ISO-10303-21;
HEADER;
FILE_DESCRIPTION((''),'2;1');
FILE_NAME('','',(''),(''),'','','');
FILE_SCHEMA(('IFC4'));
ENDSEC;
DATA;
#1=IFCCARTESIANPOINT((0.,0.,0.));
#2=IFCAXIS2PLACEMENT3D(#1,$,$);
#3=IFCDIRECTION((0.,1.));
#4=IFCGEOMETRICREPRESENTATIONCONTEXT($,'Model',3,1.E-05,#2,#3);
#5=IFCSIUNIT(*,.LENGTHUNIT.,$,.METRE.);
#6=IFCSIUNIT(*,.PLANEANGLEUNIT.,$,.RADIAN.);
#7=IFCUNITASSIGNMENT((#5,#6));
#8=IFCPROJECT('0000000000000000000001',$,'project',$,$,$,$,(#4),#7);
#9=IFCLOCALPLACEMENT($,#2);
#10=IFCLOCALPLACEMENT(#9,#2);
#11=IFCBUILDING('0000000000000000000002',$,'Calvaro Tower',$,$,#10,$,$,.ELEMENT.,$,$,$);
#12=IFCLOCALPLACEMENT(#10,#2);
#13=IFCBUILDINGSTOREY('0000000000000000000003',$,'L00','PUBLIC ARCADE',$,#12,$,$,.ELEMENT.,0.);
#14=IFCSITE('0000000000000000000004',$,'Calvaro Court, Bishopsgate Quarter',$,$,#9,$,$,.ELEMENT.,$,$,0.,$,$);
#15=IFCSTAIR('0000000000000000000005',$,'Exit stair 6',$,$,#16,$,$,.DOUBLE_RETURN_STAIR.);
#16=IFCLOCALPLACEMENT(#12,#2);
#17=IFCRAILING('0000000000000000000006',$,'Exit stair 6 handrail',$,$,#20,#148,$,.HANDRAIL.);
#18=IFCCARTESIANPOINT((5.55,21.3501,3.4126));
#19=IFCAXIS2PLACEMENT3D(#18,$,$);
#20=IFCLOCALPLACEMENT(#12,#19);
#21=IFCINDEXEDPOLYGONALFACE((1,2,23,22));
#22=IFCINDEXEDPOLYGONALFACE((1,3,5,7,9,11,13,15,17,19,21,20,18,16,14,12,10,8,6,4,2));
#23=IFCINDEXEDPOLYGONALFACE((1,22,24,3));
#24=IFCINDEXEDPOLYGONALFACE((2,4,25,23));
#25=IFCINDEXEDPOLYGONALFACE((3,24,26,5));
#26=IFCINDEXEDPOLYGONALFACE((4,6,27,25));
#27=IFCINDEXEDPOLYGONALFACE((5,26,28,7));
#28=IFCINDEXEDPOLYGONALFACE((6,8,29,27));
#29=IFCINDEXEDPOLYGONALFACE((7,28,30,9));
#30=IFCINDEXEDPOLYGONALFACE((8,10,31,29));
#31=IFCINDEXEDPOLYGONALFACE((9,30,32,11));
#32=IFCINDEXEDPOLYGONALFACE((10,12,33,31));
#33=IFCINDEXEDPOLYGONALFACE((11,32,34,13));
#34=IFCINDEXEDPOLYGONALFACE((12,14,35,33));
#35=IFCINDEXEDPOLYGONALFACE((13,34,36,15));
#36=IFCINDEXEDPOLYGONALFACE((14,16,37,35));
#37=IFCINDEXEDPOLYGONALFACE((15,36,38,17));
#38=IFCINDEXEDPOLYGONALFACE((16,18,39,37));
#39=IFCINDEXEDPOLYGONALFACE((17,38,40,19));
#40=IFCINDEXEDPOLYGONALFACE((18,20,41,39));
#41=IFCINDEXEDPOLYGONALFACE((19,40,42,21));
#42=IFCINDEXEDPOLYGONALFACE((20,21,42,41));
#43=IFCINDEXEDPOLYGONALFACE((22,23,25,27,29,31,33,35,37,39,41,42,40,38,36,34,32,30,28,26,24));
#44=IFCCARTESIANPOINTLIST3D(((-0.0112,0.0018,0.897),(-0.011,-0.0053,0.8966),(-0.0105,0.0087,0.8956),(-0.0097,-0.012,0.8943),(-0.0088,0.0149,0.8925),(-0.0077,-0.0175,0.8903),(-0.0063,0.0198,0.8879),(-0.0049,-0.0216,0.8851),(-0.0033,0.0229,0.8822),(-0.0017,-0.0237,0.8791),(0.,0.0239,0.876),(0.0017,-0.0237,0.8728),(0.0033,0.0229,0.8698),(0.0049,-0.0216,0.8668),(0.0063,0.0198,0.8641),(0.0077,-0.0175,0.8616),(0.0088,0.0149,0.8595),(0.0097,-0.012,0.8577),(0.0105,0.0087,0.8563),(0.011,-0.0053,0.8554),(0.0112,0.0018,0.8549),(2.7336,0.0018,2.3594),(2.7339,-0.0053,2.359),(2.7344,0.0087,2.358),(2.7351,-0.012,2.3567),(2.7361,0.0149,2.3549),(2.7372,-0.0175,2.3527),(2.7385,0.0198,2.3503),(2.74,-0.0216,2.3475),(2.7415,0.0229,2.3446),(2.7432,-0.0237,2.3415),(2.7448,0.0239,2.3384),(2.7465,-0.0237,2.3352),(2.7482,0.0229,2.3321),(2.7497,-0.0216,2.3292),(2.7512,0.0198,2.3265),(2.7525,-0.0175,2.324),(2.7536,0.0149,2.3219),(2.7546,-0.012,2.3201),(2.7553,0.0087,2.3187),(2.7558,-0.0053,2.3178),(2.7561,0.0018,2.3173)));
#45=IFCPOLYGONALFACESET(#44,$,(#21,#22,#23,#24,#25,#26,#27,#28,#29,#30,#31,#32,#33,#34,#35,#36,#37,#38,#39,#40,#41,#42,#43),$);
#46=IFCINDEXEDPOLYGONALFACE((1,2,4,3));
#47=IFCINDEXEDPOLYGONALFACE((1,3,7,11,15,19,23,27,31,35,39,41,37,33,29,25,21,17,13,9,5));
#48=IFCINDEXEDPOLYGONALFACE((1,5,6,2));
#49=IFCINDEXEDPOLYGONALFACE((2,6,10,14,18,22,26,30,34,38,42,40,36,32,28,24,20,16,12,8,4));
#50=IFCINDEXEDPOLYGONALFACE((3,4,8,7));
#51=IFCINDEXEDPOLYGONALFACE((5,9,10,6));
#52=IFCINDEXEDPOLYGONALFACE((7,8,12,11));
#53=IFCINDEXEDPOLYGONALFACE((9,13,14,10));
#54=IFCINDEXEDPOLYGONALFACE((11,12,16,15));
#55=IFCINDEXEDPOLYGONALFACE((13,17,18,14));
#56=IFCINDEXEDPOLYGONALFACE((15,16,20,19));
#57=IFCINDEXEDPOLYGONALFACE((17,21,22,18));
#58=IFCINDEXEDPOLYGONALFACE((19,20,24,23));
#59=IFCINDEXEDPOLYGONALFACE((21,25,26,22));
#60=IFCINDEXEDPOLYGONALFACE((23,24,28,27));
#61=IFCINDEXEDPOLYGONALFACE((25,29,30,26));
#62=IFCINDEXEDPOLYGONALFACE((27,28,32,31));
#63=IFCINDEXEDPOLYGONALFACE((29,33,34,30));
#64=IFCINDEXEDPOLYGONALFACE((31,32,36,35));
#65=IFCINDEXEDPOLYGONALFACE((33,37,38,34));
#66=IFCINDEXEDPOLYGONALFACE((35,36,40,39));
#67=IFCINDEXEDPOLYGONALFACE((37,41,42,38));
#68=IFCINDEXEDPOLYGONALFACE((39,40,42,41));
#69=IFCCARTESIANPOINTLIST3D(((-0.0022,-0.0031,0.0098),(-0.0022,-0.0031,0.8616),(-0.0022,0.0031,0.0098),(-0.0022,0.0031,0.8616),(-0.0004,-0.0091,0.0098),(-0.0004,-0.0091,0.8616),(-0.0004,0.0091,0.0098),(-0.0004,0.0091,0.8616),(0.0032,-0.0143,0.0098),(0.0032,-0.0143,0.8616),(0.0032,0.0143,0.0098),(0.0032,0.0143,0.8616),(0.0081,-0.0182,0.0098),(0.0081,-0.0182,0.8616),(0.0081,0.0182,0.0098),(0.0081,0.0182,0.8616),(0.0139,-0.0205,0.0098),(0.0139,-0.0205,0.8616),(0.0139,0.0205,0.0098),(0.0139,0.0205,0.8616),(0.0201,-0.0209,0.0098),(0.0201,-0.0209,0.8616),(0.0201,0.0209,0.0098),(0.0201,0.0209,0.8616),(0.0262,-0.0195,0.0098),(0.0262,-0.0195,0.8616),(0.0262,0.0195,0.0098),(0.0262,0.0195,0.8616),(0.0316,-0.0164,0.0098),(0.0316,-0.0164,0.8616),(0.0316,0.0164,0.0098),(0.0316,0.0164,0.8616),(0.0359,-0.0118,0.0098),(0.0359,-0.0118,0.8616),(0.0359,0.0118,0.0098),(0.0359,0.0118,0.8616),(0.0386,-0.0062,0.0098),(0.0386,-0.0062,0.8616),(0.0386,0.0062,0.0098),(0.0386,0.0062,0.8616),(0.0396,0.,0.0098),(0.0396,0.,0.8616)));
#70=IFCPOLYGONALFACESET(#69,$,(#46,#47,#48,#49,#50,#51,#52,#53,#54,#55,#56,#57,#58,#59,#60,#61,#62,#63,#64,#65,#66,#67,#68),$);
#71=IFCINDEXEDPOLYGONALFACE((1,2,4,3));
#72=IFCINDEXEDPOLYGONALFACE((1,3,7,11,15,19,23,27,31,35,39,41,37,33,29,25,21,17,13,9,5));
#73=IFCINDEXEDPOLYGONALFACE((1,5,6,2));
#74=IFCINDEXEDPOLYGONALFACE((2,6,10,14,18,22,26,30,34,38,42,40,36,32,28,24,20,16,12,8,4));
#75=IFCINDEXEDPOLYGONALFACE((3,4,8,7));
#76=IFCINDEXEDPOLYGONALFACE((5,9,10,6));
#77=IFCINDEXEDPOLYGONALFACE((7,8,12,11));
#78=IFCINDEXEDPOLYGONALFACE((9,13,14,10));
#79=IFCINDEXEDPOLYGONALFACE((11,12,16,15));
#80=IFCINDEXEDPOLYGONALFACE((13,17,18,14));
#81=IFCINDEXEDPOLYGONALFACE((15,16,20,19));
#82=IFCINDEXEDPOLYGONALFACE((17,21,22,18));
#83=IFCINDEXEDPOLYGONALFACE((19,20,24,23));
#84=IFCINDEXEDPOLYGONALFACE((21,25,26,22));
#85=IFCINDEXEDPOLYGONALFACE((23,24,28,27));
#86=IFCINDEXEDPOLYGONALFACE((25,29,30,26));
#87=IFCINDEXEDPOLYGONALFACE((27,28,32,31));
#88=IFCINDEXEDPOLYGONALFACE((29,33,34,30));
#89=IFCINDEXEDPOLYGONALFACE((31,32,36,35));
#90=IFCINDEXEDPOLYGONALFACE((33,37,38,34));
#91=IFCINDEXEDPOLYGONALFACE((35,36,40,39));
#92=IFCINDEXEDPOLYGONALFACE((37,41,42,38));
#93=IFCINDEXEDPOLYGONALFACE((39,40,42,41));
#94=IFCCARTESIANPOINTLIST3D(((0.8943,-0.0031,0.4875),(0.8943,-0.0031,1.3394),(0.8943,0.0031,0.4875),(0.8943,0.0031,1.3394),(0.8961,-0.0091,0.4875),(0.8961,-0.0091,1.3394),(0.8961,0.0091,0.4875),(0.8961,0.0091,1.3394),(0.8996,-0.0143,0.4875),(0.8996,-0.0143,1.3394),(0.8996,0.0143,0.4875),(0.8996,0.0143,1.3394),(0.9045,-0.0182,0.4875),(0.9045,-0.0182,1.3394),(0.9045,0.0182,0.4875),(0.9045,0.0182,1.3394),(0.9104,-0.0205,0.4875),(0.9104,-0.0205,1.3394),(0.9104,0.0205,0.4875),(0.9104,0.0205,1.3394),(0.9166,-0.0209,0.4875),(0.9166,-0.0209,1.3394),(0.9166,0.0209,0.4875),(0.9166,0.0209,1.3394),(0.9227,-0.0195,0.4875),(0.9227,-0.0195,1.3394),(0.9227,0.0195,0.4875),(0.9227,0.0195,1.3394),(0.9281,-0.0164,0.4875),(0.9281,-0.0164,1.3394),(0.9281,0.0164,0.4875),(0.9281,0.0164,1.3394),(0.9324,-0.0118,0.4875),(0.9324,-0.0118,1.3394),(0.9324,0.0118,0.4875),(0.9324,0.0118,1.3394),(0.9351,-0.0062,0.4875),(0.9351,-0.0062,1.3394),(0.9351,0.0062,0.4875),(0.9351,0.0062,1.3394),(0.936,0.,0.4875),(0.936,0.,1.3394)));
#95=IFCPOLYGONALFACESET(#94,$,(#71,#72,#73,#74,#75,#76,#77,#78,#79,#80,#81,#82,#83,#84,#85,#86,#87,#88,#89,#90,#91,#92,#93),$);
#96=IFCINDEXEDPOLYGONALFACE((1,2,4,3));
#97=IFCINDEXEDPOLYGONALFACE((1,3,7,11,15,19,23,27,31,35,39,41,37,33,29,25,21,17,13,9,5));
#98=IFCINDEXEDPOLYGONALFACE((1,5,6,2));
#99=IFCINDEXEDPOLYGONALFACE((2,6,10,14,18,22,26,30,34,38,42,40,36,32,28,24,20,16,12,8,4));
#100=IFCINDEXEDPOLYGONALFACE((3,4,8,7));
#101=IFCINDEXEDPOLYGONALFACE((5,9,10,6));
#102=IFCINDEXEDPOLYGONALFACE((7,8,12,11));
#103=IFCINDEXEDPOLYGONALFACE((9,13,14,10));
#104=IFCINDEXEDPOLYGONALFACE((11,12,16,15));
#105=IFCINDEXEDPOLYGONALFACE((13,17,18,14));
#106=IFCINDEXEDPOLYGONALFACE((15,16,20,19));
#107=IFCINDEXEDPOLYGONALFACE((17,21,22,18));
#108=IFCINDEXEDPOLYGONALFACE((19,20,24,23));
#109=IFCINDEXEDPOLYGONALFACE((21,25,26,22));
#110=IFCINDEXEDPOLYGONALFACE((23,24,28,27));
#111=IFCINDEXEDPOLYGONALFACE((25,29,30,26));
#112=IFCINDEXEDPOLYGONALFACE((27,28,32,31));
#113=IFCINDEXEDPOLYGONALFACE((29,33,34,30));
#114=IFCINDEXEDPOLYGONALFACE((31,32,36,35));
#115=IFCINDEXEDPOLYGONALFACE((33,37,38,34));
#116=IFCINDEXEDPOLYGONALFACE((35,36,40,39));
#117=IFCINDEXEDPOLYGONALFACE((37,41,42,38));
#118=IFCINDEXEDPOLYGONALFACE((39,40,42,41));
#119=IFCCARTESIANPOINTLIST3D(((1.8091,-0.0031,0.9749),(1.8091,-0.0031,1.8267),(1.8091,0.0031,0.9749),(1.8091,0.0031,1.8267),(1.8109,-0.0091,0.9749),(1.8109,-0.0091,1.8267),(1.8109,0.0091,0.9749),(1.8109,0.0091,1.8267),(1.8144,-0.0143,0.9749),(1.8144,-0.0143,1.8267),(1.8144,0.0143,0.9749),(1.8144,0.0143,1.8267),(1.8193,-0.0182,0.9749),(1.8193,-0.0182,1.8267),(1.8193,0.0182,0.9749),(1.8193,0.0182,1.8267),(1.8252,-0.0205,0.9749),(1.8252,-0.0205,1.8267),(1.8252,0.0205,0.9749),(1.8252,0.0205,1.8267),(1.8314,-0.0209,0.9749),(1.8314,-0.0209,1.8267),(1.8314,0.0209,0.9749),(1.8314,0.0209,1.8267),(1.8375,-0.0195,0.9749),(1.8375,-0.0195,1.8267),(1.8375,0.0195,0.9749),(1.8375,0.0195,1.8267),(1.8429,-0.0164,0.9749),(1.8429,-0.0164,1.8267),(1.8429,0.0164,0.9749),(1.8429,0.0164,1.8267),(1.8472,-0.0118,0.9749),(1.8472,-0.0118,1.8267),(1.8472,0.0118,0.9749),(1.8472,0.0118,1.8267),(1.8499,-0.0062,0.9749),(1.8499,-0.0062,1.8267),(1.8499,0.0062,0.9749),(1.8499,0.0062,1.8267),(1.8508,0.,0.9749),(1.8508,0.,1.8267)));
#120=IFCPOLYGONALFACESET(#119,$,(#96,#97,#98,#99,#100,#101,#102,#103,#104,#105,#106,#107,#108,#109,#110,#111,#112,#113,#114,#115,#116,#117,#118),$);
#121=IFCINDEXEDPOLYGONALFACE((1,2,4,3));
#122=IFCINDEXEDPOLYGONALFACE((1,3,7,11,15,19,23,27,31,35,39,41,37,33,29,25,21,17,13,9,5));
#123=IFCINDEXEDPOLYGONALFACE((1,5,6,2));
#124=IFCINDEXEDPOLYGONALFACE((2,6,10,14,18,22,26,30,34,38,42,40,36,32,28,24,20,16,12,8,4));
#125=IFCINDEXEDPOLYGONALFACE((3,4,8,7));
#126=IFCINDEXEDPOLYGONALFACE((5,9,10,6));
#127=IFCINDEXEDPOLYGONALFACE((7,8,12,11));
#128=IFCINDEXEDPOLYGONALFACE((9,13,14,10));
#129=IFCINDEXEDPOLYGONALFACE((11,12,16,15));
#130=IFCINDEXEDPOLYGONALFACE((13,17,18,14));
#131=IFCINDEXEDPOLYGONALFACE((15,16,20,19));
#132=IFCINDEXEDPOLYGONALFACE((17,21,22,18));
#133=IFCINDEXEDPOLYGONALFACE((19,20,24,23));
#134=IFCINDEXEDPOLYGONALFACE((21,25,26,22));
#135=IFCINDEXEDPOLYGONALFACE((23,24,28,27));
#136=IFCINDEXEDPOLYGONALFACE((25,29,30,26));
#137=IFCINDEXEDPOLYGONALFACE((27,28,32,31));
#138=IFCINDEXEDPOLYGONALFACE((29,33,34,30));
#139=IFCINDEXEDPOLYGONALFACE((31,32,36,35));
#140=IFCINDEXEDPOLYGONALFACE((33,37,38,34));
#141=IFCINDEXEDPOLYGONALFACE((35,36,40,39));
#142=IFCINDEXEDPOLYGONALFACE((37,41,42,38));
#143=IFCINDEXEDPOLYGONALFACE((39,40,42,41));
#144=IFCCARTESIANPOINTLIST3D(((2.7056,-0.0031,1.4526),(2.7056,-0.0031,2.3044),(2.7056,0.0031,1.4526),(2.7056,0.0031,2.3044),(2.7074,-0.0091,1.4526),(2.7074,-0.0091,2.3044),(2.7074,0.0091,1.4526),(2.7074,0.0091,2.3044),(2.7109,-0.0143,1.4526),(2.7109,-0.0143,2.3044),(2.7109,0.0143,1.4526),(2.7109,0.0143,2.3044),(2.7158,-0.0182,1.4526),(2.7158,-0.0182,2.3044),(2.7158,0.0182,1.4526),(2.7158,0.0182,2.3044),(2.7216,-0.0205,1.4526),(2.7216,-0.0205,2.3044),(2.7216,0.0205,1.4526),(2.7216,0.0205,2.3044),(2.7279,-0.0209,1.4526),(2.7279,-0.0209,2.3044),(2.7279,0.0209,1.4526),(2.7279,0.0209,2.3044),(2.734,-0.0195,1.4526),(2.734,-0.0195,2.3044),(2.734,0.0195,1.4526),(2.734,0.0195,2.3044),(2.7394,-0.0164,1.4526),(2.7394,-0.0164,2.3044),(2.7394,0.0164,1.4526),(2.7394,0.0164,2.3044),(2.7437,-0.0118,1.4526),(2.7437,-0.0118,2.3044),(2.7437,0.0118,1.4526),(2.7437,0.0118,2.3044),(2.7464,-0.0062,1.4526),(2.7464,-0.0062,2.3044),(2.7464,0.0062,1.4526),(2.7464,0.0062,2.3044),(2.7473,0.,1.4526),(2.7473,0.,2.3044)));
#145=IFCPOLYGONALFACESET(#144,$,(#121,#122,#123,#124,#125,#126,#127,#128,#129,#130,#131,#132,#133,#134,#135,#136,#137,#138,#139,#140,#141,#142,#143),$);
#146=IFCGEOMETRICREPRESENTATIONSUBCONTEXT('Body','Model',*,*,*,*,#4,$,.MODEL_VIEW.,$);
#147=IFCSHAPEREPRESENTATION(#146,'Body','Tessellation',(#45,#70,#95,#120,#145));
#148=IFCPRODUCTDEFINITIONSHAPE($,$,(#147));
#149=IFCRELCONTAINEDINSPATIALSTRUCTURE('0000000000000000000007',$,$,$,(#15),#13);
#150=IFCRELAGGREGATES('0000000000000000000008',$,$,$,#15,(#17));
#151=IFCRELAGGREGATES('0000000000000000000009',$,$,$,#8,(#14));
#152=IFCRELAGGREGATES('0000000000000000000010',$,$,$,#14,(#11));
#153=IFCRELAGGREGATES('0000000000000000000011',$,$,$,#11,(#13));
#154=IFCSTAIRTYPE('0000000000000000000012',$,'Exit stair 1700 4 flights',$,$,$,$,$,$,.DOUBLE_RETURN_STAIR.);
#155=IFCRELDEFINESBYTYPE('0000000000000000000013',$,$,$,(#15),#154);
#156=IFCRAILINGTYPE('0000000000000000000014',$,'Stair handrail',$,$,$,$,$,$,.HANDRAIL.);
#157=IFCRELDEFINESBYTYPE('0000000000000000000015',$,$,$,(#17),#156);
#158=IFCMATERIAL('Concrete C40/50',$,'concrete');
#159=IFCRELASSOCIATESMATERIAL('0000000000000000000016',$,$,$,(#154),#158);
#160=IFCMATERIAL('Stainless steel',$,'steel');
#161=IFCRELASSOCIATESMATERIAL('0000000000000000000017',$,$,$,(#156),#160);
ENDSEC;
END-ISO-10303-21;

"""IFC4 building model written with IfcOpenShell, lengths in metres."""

from ifc_helpers import new_model, si_unit, direction, frame, origin, origin_2d, place, context, subcontext, project, spatial, circle, extrude, material, type_object, element, aggregate, save


model = new_model("IFC4")

# Units and contexts
model_context = context("Model", 3, precision=1e-05, world=origin(), true_north=direction((0.0, 1.0)))
body_context = subcontext(model_context, "Body", "Model", "MODEL_VIEW")
ifc_project = project(units=[si_unit("LENGTHUNIT", "METRE"), si_unit("PLANEANGLEUNIT", "RADIAN")], contexts=[model_context])

# Site, building, storey
site_placement = place(None, origin())
site = spatial("IfcSite", under=ifc_project, at=site_placement, Name="Calvaro Court, Bishopsgate Quarter", CompositionType="ELEMENT", RefElevation=0.0)
building_placement = place(site_placement, origin())
building = spatial("IfcBuilding", under=site, at=building_placement, Name="Calvaro Tower", CompositionType="ELEMENT")
storey_placement = place(building_placement, origin())
storey = spatial("IfcBuildingStorey", under=building, at=storey_placement, Name="L00", Description="PUBLIC ARCADE", CompositionType="ELEMENT", Elevation=0.0)

# Stair, railing
ifc_material_1 = material(Name="Concrete C40/50", Category="concrete")
stair_type = type_object("IfcStairType", Name="Exit stair 1700 4 flights", PredefinedType="DOUBLE_RETURN_STAIR", material=ifc_material_1)
stair_placement = place(storey_placement, origin())
stair = element("IfcStair", 1, at=stair_placement, inside=storey, type_object=stair_type, Name="Exit stair 6", PredefinedType="DOUBLE_RETURN_STAIR")
ifc_material_2 = material(Name="Stainless steel", Category="steel")
railing_type = type_object("IfcRailingType", Name="Stair handrail", PredefinedType="HANDRAIL", material=ifc_material_2)
railing_1_placement = place(storey_placement, frame((5.55, 21.3501, 3.4126)))
railing_1 = element("IfcRailing", 2, at=railing_1_placement, type_object=railing_type, Name="Exit stair 6 handrail", PredefinedType="HANDRAIL", context=body_context, shape_type="SweptSolid", body=[
    extrude(circle(Radius=0.0239, at=origin_2d()), frame((0.0, 0.0, 0.876), z_axis=(0.882557, 0.0, 0.470205), x_axis=(0.0, 1.0, 0.0)), (0.0, 0.0, 1.0), 3.1101),
    extrude(circle(Radius=0.021, at=origin_2d()), frame((0.0186, 0.0, 0.0098)), (0.0, 0.0, 1.0), 0.8518),
    extrude(circle(Radius=0.021, at=origin_2d()), frame((0.915, 0.0, 0.4875)), (0.0, 0.0, 1.0), 0.8518),
    extrude(circle(Radius=0.021, at=origin_2d()), frame((1.8298, 0.0, 0.9749)), (0.0, 0.0, 1.0), 0.8518),
    extrude(circle(Radius=0.021, at=origin_2d()), frame((2.7263, 0.0, 1.4526)), (0.0, 0.0, 1.0), 0.8518),
])
aggregate(stair, [railing_1])

save(model, "model.ifc")
